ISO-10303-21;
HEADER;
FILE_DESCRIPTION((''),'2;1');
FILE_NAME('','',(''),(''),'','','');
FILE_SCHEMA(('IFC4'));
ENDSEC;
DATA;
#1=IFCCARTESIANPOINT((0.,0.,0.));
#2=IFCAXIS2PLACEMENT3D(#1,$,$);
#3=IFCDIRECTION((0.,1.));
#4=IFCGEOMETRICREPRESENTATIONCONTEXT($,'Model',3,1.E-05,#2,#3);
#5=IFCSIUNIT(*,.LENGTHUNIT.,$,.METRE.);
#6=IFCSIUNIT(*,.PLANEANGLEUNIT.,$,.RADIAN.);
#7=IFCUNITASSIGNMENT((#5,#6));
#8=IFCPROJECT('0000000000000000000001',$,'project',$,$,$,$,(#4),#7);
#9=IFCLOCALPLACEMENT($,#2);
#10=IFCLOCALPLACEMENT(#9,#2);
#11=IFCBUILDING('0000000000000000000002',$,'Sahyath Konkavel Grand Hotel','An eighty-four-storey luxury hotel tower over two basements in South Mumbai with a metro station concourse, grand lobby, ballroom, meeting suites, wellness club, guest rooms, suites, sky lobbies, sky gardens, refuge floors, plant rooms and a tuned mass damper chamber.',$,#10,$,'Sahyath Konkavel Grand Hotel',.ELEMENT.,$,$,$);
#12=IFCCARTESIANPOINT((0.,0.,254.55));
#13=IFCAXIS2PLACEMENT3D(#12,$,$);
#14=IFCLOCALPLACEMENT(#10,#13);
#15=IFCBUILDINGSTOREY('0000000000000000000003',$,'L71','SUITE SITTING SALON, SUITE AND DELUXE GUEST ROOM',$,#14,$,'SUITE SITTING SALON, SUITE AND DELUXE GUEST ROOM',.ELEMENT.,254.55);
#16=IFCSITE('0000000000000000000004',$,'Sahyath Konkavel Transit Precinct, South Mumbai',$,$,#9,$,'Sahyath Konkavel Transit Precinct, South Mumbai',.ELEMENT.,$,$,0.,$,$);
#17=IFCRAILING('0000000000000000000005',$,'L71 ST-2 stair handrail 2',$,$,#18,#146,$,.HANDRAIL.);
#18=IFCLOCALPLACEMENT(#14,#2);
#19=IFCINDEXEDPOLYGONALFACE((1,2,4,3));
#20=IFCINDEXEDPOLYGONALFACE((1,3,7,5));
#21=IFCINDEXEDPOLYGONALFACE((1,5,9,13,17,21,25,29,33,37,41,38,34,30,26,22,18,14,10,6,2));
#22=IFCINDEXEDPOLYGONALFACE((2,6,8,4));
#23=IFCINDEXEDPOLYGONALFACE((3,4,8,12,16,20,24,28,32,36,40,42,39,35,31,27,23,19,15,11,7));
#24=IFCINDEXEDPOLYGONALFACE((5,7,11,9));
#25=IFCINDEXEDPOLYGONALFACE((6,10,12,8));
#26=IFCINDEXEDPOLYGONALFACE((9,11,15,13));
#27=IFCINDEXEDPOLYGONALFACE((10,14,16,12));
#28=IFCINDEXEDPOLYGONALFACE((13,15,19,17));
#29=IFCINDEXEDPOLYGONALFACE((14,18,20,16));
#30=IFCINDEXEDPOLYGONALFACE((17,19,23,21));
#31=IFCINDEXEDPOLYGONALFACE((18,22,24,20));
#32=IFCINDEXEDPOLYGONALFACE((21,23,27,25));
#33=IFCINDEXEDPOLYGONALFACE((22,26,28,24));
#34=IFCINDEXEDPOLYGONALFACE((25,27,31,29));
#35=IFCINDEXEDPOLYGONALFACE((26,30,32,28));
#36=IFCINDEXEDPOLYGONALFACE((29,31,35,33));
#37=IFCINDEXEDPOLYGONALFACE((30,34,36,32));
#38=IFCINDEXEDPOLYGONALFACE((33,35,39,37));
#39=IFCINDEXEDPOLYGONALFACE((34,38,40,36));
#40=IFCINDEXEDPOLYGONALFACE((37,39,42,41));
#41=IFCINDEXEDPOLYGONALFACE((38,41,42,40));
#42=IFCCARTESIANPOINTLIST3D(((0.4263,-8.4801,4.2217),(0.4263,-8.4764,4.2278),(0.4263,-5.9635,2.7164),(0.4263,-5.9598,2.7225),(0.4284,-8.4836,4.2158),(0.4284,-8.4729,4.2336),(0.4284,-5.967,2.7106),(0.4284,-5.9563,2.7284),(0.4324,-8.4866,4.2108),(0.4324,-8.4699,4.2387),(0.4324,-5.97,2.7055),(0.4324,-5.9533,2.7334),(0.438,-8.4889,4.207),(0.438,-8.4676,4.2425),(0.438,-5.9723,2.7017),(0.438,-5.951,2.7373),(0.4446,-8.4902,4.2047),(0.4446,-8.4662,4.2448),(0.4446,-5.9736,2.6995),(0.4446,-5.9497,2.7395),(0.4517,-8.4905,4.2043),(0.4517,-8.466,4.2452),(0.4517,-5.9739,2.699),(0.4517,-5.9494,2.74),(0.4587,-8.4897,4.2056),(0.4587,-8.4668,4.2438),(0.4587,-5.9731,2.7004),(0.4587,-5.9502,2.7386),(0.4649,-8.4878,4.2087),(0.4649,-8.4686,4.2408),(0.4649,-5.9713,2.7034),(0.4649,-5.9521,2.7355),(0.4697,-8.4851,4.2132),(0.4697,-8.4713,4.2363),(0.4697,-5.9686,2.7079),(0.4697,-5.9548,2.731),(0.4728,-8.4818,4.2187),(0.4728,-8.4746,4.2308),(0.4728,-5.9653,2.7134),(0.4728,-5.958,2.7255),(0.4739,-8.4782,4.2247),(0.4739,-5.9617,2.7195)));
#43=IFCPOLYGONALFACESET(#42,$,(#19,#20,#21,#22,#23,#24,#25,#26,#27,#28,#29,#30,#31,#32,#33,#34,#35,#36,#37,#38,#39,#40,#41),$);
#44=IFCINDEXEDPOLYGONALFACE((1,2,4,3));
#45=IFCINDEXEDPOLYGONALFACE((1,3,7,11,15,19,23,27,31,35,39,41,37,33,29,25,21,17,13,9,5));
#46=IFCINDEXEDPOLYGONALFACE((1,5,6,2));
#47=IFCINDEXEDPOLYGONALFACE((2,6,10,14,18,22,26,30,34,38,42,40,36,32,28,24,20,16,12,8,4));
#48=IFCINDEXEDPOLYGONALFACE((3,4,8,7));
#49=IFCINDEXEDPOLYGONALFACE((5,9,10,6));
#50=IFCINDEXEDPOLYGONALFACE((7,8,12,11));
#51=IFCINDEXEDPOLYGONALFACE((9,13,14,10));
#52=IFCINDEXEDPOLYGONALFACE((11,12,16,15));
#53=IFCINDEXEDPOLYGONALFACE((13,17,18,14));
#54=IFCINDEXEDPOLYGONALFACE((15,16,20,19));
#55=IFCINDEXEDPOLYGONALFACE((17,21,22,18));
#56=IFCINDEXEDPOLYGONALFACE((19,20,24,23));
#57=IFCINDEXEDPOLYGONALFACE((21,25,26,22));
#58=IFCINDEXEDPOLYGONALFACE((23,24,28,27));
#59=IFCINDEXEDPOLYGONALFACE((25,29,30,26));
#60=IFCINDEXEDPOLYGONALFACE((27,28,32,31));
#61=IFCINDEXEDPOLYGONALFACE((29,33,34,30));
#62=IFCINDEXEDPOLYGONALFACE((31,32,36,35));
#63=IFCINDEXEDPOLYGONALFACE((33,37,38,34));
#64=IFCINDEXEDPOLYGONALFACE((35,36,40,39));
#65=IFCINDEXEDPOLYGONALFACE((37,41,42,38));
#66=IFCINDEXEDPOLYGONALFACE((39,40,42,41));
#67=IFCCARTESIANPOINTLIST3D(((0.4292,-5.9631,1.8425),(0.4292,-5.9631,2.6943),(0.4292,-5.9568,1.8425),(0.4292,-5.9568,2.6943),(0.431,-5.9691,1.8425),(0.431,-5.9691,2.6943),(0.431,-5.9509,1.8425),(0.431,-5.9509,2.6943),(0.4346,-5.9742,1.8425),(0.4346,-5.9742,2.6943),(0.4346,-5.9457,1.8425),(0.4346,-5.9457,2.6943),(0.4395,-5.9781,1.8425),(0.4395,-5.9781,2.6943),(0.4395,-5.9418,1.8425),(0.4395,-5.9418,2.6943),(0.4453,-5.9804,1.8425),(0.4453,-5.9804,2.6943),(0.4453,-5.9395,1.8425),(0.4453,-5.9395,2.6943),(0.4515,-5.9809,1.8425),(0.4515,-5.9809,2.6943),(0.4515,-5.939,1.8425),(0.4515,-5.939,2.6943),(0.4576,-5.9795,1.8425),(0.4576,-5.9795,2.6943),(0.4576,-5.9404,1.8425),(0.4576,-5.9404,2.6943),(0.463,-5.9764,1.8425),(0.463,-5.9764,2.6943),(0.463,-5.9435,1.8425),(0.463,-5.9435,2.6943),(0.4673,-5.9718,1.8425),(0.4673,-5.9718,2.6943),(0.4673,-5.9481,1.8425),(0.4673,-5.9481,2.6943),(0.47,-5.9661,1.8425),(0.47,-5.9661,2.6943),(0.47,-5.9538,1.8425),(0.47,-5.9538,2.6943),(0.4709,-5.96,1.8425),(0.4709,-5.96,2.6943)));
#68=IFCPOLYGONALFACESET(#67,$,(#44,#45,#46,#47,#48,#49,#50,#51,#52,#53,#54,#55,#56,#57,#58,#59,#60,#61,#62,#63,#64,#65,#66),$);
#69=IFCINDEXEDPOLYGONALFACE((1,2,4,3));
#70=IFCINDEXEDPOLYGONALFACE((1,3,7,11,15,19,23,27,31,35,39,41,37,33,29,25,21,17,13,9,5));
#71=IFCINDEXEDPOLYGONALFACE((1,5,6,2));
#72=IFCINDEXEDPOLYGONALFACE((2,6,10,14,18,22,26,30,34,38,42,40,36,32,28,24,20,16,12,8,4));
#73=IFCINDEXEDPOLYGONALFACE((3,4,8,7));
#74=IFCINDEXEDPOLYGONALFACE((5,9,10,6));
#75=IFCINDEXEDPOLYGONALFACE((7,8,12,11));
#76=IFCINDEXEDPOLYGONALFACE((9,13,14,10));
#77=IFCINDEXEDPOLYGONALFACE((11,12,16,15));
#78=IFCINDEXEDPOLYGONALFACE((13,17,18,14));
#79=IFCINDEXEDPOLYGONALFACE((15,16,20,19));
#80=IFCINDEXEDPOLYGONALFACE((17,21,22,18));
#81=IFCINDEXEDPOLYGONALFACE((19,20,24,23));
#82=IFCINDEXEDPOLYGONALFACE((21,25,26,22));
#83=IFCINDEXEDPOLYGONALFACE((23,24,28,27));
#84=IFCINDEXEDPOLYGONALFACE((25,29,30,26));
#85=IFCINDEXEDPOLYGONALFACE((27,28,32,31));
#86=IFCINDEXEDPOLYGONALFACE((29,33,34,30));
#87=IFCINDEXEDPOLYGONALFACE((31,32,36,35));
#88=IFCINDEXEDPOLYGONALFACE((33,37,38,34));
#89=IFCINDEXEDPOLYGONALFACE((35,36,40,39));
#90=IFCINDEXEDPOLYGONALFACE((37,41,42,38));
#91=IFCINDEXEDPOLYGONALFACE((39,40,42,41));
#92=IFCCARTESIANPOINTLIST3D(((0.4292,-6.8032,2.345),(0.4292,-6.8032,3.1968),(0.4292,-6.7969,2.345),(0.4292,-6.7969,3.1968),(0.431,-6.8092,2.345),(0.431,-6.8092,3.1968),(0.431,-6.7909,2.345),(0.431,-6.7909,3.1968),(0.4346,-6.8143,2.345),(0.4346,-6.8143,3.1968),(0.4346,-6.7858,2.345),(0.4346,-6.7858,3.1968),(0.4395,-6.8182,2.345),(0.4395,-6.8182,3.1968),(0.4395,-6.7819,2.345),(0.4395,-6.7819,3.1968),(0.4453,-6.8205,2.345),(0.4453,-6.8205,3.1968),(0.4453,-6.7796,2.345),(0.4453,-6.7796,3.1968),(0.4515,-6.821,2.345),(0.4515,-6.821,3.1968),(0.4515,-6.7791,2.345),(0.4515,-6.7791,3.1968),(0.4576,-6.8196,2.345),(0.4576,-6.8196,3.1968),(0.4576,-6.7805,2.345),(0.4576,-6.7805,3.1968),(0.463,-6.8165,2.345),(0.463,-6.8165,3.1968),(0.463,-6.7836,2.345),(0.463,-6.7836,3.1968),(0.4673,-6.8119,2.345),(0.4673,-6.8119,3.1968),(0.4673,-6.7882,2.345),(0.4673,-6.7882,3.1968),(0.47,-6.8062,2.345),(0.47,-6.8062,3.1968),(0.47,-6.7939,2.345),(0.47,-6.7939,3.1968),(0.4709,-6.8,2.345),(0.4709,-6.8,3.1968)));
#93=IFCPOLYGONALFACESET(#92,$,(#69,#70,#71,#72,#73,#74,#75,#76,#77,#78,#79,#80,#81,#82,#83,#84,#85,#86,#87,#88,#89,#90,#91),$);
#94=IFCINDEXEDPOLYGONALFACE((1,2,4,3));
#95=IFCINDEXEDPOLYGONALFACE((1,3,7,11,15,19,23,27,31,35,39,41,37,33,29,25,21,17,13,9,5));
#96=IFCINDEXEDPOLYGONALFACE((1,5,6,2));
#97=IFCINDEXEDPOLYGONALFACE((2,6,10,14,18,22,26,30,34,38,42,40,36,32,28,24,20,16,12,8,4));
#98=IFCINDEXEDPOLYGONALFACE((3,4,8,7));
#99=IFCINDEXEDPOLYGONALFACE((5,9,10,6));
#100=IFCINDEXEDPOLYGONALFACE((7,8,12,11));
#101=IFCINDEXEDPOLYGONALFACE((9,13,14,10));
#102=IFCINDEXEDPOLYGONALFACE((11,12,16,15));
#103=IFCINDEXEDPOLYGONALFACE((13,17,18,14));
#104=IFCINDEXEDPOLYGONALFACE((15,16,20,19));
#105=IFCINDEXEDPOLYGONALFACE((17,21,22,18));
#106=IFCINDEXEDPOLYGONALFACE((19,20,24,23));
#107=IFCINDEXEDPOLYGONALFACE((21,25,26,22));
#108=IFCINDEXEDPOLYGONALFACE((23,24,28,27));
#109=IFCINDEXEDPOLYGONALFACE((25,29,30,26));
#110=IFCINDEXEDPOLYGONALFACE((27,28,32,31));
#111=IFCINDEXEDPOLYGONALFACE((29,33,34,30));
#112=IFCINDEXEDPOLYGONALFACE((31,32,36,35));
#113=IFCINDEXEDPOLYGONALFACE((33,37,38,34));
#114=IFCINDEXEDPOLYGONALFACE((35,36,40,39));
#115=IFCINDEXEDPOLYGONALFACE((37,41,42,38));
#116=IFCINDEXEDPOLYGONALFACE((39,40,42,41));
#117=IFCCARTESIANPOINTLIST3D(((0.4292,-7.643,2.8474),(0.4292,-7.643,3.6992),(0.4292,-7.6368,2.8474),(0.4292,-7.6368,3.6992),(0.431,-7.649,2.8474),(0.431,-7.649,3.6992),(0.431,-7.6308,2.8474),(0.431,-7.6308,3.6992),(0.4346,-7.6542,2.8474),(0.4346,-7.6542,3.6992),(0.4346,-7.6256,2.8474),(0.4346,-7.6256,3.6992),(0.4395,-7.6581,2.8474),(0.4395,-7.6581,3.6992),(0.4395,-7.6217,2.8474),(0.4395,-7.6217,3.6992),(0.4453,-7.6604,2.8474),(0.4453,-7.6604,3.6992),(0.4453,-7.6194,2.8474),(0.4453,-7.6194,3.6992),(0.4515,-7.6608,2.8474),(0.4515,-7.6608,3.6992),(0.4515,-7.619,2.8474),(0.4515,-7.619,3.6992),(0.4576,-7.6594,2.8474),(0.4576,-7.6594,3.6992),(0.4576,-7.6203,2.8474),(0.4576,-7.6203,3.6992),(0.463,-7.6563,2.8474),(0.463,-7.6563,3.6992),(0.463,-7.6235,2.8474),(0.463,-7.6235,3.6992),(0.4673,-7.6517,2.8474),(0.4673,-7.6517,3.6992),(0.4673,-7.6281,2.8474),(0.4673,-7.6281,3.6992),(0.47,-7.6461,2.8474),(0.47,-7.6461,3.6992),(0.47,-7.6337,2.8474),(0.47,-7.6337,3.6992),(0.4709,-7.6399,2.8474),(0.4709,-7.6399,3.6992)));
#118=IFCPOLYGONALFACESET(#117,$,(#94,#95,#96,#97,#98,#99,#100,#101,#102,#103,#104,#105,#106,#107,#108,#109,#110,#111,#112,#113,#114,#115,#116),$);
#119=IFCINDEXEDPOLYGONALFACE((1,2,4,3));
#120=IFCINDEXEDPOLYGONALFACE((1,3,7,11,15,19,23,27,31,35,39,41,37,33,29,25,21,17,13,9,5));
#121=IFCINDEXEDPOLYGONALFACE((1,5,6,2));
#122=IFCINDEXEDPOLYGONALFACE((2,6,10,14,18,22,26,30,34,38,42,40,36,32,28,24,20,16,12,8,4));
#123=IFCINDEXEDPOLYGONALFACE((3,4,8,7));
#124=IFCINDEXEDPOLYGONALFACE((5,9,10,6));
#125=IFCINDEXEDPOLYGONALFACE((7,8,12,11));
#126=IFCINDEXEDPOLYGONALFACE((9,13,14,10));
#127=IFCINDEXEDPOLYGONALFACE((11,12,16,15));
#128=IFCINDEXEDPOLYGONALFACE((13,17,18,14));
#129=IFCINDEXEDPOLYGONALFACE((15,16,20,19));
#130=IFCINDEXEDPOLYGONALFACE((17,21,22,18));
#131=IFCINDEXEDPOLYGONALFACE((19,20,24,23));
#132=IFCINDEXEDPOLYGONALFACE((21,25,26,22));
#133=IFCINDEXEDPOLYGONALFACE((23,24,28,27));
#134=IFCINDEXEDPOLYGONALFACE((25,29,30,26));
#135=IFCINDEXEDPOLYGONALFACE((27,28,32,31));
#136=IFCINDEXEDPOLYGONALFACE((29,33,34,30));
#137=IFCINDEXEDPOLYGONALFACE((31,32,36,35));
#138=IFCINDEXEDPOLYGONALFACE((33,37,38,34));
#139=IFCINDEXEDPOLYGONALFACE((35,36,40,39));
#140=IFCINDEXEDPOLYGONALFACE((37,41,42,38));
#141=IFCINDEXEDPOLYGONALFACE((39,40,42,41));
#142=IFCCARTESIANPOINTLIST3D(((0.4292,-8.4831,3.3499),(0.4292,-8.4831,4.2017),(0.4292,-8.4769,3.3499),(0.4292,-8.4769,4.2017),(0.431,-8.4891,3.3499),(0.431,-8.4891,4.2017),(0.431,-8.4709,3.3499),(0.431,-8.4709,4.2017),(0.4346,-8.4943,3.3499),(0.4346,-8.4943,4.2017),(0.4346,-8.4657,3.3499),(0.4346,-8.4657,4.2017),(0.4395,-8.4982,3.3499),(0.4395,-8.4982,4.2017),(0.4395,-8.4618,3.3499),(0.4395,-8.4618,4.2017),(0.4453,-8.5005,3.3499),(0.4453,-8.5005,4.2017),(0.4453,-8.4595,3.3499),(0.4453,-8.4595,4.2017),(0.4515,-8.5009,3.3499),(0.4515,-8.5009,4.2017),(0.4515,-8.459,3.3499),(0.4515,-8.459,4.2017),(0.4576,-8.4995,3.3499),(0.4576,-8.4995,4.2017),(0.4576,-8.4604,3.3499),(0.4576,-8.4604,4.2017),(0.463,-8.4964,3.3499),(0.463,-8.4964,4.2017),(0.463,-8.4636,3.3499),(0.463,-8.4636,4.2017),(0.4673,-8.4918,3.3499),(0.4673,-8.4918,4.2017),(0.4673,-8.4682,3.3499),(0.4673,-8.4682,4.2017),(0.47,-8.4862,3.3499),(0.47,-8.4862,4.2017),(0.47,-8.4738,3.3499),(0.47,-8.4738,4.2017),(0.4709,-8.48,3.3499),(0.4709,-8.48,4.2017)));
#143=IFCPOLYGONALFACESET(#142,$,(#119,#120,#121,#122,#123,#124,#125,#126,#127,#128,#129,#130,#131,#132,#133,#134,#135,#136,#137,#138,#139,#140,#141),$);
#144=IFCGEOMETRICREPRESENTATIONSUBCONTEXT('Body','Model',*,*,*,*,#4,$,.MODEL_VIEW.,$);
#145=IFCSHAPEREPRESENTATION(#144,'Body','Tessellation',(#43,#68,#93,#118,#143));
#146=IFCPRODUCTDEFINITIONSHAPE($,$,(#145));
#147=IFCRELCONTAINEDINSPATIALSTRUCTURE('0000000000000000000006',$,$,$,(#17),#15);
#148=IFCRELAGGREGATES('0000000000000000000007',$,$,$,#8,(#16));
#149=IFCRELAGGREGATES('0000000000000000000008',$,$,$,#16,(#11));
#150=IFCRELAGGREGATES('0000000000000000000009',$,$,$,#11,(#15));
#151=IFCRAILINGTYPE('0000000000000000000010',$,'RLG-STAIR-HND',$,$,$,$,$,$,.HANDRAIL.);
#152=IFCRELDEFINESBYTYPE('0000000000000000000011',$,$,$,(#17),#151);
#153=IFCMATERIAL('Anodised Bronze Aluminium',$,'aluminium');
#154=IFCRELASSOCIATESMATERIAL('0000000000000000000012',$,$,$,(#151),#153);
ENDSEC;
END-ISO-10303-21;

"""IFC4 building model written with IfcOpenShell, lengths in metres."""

from ifc_helpers import new_model, si_unit, direction, frame, origin, origin_2d, place, context, subcontext, project, spatial, circle, extrude, material, type_object, element, save


model = new_model("IFC4")

# Units and contexts
model_context = context("Model", 3, precision=1e-05, world=origin(), true_north=direction((0.0, 1.0)))
body_context = subcontext(model_context, "Body", "Model", "MODEL_VIEW")
ifc_project = project(units=[si_unit("LENGTHUNIT", "METRE"), si_unit("PLANEANGLEUNIT", "RADIAN")], contexts=[model_context])

# Site, building, storey
site_placement = place(None, origin())
site = spatial("IfcSite", under=ifc_project, at=site_placement, Name="Sahyath Konkavel Transit Precinct, South Mumbai", LongName="Sahyath Konkavel Transit Precinct, South Mumbai", CompositionType="ELEMENT", RefElevation=0.0)
building_placement = place(site_placement, origin())
building = spatial("IfcBuilding", under=site, at=building_placement, Name="Sahyath Konkavel Grand Hotel", Description="An eighty-four-storey luxury hotel tower over two basements in South Mumbai with a metro station concourse, grand lobby, ballroom, meeting suites, wellness club, guest rooms, suites, sky lobbies, sky gardens, refuge floors, plant rooms and a tuned mass damper chamber.", LongName="Sahyath Konkavel Grand Hotel", CompositionType="ELEMENT")
storey_placement = place(building_placement, frame((0.0, 0.0, 254.55)))
storey = spatial("IfcBuildingStorey", under=building, at=storey_placement, Name="L71", Description="SUITE SITTING SALON, SUITE AND DELUXE GUEST ROOM", LongName="SUITE SITTING SALON, SUITE AND DELUXE GUEST ROOM", CompositionType="ELEMENT", Elevation=254.55)

# Shared definitions
ifc_material_1 = material(Name="Anodised Bronze Aluminium", Category="aluminium")

# Railing
railing_type_1 = type_object("IfcRailingType", Name="RLG-STAIR-HND", PredefinedType="HANDRAIL", material=ifc_material_1)
railing_1_placement = place(storey_placement, frame((0.45, -5.96, 1.8425)))
element("IfcRailing", 1, at=railing_1_placement, inside=storey, type_object=railing_type_1, Name="L71 ST-2 stair handrail 2", PredefinedType="HANDRAIL", context=body_context, shape_type="SweptSolid", body=[
    extrude(circle(Radius=0.0239, at=origin_2d()), frame((0.0, -0.0017, 0.877), z_axis=(0.0, -0.858196, 0.513321), x_axis=(1.0, 0.0, 0.0)), (0.0, 0.0, 1.0), 2.9324),
    extrude(circle(Radius=0.021, at=origin_2d()), origin(), (0.0, 0.0, 1.0), 0.8518),
    extrude(circle(Radius=0.021, at=origin_2d()), frame((0.0, -0.8401, 0.5024)), (0.0, 0.0, 1.0), 0.8518),
    extrude(circle(Radius=0.021, at=origin_2d()), frame((0.0, -1.6799, 1.0049)), (0.0, 0.0, 1.0), 0.8518),
    extrude(circle(Radius=0.021, at=origin_2d()), frame((0.0, -2.52, 1.5073)), (0.0, 0.0, 1.0), 0.8518),
])

save(model, "model.ifc")
